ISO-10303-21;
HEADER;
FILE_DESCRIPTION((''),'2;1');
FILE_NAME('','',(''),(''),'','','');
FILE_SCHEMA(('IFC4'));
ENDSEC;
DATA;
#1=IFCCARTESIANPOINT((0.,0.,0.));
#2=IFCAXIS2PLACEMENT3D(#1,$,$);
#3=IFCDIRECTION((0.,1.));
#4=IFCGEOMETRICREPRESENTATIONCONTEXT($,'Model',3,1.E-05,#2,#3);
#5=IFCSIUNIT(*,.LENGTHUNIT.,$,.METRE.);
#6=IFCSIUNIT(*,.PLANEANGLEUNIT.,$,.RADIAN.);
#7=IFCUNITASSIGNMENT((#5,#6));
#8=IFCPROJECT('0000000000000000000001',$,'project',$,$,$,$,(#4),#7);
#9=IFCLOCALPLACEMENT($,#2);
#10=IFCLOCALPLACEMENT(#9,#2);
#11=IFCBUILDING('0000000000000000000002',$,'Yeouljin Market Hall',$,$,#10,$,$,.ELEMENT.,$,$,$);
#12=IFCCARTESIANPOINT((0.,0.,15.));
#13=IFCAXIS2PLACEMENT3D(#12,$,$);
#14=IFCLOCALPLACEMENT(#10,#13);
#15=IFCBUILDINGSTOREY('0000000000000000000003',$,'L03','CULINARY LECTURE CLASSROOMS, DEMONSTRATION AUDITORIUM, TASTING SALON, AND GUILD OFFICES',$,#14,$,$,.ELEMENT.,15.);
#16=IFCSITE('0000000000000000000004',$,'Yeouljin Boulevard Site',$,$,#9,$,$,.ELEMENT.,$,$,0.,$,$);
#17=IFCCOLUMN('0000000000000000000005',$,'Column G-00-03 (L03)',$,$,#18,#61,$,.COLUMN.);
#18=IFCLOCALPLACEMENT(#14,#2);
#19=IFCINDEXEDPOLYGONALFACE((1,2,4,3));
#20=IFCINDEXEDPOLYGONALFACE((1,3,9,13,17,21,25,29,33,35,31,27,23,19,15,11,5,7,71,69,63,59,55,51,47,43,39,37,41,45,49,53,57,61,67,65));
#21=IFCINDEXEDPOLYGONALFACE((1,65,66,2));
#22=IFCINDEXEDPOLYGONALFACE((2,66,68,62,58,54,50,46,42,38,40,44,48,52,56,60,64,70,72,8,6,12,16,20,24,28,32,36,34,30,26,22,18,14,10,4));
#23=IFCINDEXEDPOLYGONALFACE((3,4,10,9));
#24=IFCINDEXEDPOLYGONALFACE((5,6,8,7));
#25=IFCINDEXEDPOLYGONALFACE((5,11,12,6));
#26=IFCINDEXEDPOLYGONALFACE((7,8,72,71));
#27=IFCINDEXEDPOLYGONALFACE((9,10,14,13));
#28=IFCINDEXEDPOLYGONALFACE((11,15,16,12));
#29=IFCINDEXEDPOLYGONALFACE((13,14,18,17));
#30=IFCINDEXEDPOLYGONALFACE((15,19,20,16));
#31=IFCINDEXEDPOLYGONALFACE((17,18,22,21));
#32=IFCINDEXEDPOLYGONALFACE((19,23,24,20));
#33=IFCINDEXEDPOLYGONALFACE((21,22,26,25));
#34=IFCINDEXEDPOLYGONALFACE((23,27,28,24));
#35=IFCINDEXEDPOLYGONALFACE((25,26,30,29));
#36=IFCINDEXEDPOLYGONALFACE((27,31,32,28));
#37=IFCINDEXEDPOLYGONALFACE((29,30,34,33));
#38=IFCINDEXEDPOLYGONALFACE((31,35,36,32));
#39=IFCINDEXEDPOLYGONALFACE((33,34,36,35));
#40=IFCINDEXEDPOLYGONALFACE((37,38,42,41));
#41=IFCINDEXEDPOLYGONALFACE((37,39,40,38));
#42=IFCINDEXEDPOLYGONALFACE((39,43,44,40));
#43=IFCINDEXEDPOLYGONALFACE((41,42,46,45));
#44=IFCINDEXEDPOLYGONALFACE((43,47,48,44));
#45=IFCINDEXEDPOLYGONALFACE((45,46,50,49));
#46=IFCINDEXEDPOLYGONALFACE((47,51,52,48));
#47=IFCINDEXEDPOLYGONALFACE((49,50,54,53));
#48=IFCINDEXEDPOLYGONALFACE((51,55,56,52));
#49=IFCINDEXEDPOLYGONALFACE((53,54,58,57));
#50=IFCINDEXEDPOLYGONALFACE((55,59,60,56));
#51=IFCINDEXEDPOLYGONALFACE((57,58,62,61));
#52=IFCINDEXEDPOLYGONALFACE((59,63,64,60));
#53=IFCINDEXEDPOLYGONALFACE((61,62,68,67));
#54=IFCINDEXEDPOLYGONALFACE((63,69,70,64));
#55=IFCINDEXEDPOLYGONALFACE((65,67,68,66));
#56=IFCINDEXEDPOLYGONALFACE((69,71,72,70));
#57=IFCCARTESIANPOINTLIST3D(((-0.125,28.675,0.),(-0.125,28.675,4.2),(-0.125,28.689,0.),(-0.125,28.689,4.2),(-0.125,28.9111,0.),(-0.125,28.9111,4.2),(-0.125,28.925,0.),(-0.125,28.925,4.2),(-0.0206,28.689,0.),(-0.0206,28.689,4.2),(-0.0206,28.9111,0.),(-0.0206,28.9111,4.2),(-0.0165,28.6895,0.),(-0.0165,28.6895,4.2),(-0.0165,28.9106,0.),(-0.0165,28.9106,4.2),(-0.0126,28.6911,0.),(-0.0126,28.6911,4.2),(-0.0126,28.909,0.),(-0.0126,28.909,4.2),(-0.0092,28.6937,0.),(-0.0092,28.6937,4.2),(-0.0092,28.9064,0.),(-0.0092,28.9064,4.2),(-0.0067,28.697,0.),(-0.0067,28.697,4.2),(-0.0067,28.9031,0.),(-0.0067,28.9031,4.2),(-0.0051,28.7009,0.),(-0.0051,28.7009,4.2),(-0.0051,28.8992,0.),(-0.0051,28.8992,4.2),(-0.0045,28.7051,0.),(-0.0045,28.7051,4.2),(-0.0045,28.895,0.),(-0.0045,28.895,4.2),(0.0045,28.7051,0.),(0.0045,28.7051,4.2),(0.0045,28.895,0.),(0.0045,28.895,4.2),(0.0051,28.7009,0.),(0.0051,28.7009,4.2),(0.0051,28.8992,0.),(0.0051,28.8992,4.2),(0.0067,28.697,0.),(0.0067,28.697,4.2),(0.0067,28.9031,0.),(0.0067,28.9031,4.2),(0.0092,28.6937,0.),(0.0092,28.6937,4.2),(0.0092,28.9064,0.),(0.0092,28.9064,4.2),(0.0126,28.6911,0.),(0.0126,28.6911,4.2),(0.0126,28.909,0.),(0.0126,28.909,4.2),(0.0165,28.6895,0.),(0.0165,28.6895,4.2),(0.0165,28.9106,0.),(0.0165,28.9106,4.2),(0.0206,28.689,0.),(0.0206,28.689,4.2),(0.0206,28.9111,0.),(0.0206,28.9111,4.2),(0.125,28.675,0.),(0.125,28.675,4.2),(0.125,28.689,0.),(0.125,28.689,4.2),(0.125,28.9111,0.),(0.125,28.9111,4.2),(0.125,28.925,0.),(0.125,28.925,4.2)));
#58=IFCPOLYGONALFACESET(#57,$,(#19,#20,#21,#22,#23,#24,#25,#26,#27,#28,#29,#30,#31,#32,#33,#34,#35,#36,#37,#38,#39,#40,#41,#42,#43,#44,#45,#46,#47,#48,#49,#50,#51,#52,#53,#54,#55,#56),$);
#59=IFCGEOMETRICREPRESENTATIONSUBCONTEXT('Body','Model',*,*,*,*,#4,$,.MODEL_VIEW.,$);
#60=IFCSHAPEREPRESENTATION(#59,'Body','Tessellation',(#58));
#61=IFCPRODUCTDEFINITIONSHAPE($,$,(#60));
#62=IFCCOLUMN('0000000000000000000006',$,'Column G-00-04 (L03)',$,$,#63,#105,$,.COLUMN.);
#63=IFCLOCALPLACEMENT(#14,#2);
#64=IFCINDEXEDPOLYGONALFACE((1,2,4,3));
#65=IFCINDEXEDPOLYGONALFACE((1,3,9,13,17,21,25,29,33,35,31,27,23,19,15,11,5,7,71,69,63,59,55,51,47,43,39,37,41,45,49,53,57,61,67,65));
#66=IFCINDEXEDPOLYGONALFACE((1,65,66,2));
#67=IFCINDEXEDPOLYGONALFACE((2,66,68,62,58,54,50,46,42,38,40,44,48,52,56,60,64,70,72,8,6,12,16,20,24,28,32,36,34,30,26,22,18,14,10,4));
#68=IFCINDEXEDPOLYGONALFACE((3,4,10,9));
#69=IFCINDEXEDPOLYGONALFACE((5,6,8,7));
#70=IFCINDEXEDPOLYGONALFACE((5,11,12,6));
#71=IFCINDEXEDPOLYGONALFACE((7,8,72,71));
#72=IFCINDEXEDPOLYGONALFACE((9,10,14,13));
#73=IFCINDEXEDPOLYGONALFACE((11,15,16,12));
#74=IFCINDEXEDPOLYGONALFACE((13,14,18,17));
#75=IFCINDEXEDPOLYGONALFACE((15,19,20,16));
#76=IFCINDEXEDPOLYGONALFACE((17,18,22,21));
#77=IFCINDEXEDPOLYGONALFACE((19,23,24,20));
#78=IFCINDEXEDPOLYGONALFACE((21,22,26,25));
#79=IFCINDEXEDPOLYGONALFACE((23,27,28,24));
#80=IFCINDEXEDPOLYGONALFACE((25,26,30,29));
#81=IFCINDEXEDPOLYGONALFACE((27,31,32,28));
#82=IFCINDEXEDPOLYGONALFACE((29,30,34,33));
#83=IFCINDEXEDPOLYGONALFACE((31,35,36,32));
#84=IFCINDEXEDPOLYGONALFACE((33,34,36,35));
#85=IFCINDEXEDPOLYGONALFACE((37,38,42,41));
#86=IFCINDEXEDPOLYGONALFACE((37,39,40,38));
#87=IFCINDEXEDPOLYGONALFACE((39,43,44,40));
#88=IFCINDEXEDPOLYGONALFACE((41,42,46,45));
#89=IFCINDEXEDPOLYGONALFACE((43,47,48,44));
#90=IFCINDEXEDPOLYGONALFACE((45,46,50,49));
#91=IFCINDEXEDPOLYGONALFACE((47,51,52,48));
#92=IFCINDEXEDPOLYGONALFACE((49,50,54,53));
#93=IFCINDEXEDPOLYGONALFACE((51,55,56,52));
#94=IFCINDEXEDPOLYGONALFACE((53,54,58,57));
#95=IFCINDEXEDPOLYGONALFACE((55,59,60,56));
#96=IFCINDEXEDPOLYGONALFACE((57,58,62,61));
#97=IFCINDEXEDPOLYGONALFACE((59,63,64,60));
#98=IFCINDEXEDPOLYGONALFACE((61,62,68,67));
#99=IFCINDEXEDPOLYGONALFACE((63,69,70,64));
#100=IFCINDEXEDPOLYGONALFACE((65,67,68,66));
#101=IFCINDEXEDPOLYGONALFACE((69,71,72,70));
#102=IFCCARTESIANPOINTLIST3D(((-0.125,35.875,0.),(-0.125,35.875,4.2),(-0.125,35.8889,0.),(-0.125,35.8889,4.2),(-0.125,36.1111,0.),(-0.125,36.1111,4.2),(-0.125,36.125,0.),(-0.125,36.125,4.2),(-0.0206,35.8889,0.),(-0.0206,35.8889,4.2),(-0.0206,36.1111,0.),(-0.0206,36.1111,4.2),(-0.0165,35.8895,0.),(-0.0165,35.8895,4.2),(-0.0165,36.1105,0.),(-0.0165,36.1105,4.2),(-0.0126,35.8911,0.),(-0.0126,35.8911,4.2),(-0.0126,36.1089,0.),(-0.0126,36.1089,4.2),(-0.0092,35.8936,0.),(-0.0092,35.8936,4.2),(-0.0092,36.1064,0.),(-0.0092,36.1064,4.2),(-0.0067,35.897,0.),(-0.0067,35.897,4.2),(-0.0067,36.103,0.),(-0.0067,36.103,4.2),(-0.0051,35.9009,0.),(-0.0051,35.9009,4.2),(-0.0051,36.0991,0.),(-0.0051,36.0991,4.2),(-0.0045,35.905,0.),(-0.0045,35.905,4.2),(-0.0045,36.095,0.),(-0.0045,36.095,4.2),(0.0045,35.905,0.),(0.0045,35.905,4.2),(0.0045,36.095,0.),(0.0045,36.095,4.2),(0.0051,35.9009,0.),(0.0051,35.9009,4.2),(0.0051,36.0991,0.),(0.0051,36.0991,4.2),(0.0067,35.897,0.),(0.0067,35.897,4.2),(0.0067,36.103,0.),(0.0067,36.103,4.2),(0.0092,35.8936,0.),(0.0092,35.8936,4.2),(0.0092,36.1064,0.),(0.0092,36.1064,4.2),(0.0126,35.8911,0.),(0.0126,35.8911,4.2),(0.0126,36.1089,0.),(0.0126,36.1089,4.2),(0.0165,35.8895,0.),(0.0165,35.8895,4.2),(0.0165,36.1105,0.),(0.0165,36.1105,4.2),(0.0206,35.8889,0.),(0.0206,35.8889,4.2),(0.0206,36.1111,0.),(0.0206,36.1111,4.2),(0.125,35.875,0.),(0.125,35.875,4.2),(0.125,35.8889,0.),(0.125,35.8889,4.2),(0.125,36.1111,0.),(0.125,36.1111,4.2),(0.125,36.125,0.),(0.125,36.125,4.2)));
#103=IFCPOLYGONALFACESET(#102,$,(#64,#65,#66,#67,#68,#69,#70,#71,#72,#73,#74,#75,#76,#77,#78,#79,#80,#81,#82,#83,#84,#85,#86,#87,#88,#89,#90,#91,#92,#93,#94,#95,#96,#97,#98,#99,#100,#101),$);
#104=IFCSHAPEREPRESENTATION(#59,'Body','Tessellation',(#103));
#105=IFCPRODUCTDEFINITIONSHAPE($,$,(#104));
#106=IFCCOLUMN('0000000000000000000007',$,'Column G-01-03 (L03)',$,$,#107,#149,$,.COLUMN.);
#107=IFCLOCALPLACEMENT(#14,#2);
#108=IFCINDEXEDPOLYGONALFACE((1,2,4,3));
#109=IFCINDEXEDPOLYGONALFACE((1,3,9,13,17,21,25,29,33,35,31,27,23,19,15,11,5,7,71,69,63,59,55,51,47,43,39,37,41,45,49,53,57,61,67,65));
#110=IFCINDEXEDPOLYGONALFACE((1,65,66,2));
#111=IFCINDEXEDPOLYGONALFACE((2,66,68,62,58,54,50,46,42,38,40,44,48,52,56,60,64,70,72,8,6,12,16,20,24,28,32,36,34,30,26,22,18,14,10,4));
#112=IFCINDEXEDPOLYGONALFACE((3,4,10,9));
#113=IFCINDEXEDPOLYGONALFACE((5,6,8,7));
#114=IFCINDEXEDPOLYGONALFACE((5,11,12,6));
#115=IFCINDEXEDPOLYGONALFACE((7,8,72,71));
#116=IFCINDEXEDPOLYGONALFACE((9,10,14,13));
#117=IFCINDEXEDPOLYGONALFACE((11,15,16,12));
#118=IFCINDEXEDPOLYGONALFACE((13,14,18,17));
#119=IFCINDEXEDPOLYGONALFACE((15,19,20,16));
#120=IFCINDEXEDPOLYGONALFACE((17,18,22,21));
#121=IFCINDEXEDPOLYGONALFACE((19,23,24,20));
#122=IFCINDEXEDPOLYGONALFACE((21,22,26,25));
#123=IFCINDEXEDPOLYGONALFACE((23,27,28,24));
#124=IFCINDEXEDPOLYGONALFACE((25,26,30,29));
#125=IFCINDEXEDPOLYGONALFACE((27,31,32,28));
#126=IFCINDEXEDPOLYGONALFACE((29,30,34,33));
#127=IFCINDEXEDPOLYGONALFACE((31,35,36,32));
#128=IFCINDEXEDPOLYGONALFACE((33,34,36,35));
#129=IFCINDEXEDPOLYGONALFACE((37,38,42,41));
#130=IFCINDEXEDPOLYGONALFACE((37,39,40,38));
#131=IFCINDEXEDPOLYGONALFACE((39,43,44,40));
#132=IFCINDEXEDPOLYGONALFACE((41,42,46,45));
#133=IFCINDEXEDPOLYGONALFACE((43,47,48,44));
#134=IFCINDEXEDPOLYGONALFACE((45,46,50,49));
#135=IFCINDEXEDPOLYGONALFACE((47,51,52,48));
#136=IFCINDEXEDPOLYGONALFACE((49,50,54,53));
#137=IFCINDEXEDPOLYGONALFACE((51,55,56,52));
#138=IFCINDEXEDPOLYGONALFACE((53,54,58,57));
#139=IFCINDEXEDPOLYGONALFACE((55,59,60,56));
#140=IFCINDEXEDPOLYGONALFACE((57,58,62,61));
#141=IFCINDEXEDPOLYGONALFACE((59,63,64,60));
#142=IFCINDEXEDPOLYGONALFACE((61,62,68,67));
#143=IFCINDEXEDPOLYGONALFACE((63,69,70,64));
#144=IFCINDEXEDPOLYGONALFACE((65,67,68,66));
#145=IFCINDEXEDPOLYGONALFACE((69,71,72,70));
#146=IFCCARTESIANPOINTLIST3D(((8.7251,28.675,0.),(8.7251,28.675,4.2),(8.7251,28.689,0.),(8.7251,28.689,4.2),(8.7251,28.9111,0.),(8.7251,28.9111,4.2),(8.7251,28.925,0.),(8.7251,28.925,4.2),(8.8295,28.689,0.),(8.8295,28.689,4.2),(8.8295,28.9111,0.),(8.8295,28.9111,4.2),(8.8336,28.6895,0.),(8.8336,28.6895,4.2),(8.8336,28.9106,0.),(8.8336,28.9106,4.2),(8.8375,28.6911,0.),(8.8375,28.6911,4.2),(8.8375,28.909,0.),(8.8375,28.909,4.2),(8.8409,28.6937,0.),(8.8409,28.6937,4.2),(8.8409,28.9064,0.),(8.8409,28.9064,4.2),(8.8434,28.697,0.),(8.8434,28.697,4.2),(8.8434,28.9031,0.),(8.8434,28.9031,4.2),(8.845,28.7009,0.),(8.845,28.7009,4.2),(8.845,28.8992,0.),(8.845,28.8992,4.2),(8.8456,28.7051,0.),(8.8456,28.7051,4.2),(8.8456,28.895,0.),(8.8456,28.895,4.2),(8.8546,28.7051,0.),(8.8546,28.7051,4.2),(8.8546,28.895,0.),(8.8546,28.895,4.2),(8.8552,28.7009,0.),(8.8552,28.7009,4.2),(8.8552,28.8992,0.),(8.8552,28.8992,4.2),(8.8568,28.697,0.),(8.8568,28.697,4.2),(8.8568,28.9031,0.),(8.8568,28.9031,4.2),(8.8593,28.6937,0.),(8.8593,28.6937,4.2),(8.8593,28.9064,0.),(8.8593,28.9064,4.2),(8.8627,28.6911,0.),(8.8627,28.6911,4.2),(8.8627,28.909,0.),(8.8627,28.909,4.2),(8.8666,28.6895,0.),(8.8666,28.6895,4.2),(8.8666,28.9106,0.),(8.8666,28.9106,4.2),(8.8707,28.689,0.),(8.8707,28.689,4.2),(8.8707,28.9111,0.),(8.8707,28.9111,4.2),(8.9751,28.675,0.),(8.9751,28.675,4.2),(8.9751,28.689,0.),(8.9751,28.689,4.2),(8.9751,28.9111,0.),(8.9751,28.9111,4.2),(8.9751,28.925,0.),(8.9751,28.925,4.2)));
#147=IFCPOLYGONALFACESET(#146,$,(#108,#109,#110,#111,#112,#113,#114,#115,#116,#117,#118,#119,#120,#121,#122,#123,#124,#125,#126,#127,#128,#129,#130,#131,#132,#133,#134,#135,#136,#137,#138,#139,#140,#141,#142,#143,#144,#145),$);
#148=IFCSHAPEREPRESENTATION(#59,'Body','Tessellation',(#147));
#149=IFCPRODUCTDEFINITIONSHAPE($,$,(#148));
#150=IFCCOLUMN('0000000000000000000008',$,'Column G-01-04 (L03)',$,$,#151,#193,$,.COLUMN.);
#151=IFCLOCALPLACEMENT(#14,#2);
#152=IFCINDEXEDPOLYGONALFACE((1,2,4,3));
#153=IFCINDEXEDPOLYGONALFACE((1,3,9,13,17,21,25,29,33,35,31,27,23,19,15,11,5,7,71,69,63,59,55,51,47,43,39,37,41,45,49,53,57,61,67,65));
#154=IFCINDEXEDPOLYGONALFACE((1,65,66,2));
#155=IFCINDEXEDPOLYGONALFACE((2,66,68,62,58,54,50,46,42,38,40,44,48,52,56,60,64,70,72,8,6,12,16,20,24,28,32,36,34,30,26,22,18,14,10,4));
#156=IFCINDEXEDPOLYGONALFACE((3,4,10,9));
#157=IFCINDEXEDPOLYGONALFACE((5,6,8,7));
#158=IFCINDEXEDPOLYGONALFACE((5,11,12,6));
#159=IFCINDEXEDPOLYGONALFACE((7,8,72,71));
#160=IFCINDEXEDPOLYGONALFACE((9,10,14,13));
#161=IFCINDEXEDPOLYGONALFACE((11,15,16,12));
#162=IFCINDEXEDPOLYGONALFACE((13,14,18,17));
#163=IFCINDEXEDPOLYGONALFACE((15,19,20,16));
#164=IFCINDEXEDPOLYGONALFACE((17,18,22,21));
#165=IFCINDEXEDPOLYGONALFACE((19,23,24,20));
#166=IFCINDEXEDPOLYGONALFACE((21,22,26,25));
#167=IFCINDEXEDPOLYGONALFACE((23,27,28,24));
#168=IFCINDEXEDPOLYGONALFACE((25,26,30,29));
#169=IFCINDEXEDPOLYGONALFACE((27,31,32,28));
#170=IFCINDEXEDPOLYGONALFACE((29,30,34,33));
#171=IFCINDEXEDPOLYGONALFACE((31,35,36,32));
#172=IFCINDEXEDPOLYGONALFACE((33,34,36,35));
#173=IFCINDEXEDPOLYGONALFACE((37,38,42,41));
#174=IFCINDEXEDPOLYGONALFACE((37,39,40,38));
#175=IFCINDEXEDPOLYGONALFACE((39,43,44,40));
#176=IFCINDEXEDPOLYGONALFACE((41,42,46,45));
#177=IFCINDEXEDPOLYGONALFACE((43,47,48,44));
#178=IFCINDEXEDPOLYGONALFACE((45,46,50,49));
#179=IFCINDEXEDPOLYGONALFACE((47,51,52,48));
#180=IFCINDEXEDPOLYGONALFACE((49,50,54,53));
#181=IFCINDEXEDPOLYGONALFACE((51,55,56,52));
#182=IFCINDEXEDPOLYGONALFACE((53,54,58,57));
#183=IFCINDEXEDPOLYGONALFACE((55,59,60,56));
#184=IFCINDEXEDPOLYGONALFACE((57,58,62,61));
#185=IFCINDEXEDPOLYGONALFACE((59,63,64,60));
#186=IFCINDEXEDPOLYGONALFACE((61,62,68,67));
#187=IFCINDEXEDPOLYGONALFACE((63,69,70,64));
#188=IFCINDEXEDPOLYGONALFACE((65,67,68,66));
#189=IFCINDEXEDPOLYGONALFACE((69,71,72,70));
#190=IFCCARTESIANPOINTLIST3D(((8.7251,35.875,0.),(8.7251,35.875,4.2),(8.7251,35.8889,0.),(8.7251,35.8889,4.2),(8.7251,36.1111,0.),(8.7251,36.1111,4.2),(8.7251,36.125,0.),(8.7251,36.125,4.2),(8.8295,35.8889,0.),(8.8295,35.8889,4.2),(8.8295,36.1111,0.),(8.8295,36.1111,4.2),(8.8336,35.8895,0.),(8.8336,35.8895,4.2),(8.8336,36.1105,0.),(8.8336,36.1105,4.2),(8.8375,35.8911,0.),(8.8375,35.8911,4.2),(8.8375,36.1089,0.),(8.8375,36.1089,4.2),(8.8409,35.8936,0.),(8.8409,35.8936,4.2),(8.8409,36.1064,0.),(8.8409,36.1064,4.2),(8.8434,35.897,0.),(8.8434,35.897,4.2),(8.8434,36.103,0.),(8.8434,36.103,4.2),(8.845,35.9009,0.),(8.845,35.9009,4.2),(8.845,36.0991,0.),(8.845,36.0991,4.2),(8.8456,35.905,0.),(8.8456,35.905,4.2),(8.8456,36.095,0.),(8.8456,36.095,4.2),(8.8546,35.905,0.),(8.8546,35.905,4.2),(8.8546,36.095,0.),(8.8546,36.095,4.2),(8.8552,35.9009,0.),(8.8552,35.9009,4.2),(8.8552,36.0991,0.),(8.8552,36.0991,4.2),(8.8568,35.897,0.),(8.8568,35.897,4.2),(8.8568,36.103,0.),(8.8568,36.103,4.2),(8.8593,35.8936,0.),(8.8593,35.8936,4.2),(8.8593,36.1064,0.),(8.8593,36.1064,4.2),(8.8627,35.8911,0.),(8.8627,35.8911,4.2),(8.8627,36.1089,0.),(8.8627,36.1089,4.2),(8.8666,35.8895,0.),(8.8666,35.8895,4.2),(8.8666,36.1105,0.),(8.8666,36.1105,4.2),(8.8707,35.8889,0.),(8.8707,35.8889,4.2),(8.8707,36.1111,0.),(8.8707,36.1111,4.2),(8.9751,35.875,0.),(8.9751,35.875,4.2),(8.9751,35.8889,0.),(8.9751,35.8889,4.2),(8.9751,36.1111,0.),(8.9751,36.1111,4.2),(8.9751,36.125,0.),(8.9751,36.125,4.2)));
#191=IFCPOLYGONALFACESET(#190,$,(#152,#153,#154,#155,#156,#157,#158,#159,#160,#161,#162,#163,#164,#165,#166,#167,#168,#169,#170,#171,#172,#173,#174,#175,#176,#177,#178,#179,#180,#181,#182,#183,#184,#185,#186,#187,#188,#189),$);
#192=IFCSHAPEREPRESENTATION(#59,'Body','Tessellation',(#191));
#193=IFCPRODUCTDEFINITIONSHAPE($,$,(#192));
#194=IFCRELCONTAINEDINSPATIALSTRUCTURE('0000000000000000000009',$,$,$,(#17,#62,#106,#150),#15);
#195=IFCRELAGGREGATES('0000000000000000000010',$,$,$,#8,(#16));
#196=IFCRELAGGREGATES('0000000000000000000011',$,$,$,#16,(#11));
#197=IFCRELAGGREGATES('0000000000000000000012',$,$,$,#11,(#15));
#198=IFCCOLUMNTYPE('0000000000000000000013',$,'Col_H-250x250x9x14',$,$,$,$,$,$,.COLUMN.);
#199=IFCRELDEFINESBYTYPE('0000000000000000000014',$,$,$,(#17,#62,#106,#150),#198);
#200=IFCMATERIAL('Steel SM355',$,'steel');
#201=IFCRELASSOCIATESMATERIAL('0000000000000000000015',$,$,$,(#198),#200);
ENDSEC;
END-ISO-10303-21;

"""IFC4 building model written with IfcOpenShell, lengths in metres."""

from ifc_helpers import new_model, si_unit, direction, frame, origin, origin_2d, place, context, subcontext, project, spatial, i_section, extrude, material, material_profile, profile_set, type_object, element, save


model = new_model("IFC4")

# Units and contexts
model_context = context("Model", 3, precision=1e-05, world=origin(), true_north=direction((0.0, 1.0)))
body_context = subcontext(model_context, "Body", "Model", "MODEL_VIEW")
ifc_project = project(units=[si_unit("LENGTHUNIT", "METRE"), si_unit("PLANEANGLEUNIT", "RADIAN")], contexts=[model_context])

# Site, building, storey
site_placement = place(None, origin())
site = spatial("IfcSite", under=ifc_project, at=site_placement, Name="Yeouljin Boulevard Site", CompositionType="ELEMENT", RefElevation=0.0)
building_placement = place(site_placement, origin())
building = spatial("IfcBuilding", under=site, at=building_placement, Name="Yeouljin Market Hall", CompositionType="ELEMENT")
storey_placement = place(building_placement, frame((0.0, 0.0, 15.0)))
storey = spatial("IfcBuildingStorey", under=building, at=storey_placement, Name="L03", Description="CULINARY LECTURE CLASSROOMS, DEMONSTRATION AUDITORIUM, TASTING SALON, AND GUILD OFFICES", CompositionType="ELEMENT", Elevation=15.0)

# Columns
ifc_material_1 = material(Name="Steel SM355", Category="steel")
ifc_material_profile_1 = material_profile(ifc_material_1, i_section(OverallWidth=0.25, OverallDepth=0.25, WebThickness=0.009, FlangeThickness=0.0139, FilletRadius=0.0161, at=origin_2d()), Name="H-250x250x9x14")
ifc_profile_set_1 = profile_set([ifc_material_profile_1], Name="Steel SM355")
column_type = type_object("IfcColumnType", Name="Col_H-250x250x9x14", PredefinedType="COLUMN", material=ifc_profile_set_1)
for number, where, z_axis, x_axis, name in (
    (1, (0.0, 28.8, 0.0), (0.0, 0.0, 1.0), (1.0, 0.0, 0.0), "Column G-00-03 (L03)"),
    (2, (0.0, 36.0, 0.0), (0.0, 0.0, 1.0), (1.0, 0.0, 0.0), "Column G-00-04 (L03)"),
    (3, (8.8501, 28.8, 0.0), (0.0, 0.0, 1.0), (1.0, 0.0, 0.0), "Column G-01-03 (L03)"),
    (4, (8.8501, 36.0, 0.0), (0.0, 0.0, 1.0), (1.0, 0.0, 0.0), "Column G-01-04 (L03)"),
):
    element("IfcColumn", number, at=place(storey_placement, frame(where, z_axis=z_axis, x_axis=x_axis)), inside=storey, type_object=column_type, Name=name, PredefinedType="COLUMN", context=body_context, shape_type="SweptSolid", body=[
        extrude(i_section(OverallWidth=0.25, OverallDepth=0.25, WebThickness=0.009, FlangeThickness=0.0139, FilletRadius=0.0161, at=origin_2d()), origin(), (0.0, 0.0, 1.0), 4.2),
    ])

save(model, "model.ifc")
